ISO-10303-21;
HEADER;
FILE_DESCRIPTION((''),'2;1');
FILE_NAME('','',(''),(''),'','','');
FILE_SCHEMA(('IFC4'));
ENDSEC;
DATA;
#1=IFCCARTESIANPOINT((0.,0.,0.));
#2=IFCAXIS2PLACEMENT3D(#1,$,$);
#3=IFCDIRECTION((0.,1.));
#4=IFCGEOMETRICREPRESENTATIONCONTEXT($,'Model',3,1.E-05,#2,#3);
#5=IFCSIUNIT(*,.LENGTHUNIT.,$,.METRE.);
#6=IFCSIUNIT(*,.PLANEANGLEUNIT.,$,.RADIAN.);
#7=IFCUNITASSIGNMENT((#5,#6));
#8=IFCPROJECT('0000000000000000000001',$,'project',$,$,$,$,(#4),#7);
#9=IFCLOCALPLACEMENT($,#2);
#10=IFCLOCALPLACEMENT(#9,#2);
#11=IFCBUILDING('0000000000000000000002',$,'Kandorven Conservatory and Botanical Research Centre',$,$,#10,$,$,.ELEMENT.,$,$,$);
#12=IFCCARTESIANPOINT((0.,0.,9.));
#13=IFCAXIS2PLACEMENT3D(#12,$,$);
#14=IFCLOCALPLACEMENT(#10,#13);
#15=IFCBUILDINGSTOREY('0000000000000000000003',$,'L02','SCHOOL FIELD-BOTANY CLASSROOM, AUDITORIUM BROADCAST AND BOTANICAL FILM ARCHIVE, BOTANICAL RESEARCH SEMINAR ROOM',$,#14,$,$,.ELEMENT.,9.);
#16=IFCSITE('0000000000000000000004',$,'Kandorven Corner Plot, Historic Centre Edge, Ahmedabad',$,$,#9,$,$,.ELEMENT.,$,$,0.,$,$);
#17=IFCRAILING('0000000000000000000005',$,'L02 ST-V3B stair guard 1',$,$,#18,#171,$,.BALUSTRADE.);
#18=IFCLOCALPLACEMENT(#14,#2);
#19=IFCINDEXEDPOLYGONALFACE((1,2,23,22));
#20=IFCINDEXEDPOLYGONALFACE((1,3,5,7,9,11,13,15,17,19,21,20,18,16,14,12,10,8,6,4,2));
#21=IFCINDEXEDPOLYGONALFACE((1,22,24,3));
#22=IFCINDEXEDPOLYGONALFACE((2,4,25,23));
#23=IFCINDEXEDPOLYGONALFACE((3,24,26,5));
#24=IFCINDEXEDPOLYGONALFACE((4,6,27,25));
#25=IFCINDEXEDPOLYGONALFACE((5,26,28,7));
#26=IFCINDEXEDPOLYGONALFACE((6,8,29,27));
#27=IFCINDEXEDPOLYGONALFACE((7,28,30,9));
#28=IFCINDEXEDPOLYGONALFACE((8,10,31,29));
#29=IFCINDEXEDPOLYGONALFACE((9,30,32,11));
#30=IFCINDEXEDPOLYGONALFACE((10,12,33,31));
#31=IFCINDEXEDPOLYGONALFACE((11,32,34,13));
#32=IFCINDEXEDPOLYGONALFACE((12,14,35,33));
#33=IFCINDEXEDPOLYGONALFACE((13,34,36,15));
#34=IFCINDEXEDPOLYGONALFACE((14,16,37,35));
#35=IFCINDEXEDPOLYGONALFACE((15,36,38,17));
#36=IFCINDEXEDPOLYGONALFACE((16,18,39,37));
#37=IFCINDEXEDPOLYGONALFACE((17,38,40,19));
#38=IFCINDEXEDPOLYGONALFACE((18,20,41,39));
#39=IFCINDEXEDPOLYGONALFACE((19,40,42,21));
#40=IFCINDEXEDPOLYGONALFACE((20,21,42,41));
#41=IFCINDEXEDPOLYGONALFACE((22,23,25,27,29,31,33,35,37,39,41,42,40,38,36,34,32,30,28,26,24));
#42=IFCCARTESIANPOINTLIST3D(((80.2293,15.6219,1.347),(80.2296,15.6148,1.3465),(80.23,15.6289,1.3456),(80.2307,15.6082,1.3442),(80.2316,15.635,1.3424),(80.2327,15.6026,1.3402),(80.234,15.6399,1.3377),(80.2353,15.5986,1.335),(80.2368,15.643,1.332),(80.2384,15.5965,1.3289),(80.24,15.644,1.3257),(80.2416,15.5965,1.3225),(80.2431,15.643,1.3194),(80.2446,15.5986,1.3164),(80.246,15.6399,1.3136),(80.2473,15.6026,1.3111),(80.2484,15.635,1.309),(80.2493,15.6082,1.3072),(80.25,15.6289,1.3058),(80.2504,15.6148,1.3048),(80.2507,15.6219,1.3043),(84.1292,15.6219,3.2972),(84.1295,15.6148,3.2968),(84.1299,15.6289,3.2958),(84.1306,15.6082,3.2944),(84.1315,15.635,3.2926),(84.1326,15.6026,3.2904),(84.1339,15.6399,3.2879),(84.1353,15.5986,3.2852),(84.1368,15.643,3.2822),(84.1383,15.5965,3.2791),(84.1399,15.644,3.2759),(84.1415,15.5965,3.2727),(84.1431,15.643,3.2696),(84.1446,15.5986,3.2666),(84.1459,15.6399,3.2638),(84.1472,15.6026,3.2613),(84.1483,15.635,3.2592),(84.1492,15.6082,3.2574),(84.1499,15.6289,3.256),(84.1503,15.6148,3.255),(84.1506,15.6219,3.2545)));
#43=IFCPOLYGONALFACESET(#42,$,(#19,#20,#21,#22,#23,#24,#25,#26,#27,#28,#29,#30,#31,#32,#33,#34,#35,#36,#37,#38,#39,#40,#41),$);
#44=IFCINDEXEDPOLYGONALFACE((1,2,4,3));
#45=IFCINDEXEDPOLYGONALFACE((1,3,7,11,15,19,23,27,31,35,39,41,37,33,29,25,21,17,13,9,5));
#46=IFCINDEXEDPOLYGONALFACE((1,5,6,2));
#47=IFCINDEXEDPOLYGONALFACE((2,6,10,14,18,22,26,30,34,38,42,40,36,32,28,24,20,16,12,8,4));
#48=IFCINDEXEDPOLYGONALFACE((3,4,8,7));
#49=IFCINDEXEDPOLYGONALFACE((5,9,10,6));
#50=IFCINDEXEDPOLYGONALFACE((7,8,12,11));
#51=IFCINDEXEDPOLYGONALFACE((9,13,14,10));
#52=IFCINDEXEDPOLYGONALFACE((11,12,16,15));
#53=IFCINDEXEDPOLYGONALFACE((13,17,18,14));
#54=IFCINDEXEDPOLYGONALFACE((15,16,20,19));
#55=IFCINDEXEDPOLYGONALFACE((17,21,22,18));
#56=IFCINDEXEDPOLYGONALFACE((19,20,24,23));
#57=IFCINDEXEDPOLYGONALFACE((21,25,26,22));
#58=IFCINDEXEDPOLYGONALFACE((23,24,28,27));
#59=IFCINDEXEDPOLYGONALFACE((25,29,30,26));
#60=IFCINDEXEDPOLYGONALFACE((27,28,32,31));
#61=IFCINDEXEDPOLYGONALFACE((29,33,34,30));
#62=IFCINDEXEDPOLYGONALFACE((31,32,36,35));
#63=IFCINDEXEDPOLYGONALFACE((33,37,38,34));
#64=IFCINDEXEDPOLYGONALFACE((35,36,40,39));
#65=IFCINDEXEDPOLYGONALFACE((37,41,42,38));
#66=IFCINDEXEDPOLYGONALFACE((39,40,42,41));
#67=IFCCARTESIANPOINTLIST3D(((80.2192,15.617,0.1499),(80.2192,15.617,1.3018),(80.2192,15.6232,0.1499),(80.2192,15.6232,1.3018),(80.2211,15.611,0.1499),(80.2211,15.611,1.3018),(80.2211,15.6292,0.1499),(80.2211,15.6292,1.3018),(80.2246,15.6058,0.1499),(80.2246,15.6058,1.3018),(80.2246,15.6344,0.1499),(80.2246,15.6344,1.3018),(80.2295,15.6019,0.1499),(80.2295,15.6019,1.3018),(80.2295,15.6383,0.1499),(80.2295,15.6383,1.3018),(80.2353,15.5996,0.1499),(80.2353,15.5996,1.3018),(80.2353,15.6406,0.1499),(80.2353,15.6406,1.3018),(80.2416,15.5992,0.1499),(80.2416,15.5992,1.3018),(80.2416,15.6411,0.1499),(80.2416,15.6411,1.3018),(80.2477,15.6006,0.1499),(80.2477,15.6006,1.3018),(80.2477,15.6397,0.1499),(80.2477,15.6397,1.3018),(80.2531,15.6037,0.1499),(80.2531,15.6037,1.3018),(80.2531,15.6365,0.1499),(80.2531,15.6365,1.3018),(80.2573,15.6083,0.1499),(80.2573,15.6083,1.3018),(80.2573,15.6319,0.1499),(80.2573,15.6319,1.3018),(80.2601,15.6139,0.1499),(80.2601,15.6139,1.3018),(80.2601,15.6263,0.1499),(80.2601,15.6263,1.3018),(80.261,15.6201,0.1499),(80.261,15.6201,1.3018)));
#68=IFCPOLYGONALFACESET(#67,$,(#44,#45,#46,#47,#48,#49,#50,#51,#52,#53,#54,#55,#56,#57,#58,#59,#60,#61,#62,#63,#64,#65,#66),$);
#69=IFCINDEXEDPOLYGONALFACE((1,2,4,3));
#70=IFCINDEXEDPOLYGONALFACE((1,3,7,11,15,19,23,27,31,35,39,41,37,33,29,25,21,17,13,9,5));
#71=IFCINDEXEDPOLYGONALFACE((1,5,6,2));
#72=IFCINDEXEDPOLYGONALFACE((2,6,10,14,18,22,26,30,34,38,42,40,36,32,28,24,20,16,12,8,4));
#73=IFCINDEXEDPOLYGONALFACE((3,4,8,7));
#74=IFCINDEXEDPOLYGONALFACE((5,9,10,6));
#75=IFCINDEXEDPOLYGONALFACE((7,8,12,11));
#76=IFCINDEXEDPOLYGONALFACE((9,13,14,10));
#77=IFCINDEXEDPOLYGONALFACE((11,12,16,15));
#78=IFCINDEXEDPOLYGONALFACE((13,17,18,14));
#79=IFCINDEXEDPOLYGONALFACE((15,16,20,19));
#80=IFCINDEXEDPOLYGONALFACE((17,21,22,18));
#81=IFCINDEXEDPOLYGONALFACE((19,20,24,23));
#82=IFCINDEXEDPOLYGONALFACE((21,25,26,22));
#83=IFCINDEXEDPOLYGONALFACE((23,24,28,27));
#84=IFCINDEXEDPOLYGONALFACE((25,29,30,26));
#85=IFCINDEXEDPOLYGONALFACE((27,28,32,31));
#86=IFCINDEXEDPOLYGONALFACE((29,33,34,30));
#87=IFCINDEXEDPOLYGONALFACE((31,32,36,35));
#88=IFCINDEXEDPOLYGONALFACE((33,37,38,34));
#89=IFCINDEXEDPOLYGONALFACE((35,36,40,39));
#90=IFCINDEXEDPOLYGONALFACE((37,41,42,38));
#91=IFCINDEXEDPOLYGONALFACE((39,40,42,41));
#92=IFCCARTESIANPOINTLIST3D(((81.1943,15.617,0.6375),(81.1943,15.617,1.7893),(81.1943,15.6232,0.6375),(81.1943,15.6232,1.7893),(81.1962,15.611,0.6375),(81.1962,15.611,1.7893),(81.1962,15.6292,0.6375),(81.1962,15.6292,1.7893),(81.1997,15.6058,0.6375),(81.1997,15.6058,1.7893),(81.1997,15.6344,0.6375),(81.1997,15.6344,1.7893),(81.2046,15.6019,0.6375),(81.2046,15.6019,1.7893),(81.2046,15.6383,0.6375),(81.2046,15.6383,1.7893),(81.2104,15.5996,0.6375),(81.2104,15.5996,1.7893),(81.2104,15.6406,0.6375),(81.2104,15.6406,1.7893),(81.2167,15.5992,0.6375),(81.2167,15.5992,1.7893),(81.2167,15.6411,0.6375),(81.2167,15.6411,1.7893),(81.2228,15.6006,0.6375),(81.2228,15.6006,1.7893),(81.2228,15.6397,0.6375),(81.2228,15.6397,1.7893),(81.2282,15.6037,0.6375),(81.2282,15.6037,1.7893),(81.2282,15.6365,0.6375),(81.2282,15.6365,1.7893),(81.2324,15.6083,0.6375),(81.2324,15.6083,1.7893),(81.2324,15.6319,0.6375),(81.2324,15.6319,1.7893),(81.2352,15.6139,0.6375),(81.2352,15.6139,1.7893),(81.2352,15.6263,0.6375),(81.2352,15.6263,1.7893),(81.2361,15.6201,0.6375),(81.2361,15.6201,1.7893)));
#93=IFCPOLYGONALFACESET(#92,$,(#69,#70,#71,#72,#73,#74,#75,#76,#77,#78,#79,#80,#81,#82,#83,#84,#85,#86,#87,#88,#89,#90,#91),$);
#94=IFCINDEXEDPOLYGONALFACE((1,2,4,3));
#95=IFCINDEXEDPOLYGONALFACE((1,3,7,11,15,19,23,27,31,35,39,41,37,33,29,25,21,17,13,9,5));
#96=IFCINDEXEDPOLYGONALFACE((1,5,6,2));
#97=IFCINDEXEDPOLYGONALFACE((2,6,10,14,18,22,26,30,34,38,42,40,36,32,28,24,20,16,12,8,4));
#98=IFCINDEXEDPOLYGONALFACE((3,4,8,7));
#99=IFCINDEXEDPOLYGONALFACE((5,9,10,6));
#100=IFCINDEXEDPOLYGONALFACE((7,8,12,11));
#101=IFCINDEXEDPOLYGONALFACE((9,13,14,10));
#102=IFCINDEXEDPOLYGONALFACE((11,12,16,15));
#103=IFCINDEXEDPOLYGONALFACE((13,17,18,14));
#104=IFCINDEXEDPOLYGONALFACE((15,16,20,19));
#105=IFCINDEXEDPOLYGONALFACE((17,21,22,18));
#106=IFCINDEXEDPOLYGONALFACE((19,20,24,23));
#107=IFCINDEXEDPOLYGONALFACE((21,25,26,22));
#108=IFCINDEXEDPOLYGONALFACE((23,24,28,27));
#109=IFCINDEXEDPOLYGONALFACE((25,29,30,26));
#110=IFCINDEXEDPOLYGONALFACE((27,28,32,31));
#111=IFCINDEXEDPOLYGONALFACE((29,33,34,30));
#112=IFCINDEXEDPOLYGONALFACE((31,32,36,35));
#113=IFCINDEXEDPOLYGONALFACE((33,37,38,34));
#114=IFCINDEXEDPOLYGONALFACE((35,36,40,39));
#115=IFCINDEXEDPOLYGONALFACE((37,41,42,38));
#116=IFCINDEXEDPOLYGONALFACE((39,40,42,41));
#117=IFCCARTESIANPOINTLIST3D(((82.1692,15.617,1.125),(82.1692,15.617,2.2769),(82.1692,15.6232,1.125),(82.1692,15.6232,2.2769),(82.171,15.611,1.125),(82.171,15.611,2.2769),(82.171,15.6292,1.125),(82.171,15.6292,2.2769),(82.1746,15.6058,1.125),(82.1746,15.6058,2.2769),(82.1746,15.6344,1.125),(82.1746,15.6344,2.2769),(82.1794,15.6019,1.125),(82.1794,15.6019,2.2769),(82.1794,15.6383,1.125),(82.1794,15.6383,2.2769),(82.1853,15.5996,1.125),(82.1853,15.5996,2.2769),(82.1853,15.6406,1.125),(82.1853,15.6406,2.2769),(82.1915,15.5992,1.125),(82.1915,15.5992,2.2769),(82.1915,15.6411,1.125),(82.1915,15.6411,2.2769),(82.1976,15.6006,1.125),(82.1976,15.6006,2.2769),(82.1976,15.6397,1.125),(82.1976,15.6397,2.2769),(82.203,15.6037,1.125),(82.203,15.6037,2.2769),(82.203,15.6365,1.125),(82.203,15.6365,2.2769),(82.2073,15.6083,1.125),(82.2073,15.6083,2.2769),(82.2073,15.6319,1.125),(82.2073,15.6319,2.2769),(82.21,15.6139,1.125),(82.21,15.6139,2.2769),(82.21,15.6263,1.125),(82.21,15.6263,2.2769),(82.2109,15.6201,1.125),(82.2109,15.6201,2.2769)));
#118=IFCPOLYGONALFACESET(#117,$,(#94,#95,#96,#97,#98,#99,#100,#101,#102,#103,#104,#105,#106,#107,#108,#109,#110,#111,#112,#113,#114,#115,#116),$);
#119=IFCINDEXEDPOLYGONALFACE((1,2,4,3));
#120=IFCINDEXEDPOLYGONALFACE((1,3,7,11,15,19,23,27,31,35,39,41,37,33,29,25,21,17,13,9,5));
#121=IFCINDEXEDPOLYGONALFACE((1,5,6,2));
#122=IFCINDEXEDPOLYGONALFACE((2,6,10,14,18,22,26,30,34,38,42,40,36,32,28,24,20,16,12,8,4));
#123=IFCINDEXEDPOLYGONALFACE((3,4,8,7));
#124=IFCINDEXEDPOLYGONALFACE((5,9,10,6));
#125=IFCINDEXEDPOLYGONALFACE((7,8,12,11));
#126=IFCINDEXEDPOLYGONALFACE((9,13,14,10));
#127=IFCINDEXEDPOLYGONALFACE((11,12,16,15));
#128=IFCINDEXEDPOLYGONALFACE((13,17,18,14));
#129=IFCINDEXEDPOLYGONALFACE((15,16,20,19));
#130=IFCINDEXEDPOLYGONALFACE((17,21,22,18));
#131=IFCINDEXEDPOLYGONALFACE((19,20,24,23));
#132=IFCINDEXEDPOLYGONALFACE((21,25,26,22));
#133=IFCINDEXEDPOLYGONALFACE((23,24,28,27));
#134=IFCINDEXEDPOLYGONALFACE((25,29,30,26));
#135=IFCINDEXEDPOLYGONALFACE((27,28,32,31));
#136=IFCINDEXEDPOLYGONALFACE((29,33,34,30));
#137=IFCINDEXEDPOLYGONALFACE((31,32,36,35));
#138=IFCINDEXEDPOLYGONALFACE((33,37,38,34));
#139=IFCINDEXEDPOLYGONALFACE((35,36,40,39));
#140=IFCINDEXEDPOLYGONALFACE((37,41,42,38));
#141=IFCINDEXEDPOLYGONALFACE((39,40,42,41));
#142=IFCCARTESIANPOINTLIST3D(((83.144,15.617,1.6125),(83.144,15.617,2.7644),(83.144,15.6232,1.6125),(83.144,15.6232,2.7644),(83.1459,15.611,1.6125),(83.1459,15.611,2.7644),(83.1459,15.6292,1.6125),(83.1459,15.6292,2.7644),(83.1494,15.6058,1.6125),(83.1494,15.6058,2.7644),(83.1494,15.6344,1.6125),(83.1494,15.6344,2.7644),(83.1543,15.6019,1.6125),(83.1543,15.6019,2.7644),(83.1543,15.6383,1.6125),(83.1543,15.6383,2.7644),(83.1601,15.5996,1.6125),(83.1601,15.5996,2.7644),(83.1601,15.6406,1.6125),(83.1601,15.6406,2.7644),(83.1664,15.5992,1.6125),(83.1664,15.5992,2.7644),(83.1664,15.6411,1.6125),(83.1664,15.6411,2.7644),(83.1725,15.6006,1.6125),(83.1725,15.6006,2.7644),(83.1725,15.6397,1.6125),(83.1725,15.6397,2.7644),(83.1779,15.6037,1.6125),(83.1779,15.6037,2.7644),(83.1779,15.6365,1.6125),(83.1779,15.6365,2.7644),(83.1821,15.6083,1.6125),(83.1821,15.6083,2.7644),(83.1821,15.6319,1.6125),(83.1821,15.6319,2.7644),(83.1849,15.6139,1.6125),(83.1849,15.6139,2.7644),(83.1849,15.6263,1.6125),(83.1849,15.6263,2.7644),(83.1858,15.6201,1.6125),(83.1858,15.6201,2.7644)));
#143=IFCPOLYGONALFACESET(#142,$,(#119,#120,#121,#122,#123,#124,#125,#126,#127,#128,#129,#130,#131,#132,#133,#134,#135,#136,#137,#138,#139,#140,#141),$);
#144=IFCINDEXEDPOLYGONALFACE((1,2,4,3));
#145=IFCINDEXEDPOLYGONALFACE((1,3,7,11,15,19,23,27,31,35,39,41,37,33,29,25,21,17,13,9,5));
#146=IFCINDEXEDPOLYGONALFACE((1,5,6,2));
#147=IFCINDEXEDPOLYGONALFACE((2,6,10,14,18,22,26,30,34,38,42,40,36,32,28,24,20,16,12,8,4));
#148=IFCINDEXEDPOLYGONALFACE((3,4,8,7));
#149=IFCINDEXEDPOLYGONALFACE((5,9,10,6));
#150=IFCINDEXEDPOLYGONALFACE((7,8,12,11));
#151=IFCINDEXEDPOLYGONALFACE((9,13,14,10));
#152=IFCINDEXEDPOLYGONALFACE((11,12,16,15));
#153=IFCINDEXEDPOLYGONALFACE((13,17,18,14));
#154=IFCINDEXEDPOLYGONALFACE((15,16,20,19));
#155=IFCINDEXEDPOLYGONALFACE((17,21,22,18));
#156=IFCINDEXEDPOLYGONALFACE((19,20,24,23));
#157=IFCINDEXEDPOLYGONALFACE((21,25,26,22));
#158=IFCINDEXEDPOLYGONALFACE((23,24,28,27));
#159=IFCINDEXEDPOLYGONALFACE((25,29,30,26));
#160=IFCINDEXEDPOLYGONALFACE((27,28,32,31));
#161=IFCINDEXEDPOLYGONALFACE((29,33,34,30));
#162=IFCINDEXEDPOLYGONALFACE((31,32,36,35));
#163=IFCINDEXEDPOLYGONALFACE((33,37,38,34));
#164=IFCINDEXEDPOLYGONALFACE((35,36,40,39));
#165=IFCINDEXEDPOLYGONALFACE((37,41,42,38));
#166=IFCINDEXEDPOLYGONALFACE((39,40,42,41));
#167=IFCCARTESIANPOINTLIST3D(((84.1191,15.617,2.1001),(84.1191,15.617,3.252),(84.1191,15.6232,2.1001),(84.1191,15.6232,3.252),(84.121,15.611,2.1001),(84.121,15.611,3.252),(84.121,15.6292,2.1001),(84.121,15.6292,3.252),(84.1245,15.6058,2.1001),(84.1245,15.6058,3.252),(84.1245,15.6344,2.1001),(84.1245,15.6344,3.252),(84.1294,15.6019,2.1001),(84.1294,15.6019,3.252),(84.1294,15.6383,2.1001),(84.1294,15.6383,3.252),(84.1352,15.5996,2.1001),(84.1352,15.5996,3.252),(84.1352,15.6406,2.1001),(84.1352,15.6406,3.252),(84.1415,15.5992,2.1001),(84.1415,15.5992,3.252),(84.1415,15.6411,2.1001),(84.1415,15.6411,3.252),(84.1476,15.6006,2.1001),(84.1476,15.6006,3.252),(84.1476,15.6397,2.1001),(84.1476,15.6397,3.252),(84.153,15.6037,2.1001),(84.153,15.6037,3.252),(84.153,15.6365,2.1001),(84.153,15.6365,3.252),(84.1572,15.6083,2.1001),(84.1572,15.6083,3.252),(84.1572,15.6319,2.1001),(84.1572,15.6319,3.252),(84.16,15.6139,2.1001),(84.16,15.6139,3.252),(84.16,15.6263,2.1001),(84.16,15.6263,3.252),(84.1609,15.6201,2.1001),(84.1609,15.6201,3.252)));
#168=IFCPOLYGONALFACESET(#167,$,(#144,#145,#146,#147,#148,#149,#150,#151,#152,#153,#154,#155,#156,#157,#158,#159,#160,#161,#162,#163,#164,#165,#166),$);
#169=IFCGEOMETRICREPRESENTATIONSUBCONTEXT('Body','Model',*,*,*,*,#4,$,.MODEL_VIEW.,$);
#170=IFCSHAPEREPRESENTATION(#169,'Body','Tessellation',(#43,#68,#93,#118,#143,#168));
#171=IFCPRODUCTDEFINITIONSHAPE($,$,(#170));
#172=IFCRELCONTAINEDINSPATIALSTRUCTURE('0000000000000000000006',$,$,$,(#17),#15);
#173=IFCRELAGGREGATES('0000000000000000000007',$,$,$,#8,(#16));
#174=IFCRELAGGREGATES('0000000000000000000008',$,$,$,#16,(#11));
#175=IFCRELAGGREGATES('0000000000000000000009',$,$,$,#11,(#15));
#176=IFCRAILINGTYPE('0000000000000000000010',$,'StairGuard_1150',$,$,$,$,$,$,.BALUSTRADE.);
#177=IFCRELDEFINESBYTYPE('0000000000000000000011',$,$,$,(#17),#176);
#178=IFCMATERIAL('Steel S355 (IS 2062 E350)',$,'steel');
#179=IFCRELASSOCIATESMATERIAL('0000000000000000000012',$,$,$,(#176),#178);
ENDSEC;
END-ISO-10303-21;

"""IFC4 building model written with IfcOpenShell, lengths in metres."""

from ifc_helpers import new_model, si_unit, direction, frame, origin, origin_2d, place, context, subcontext, project, spatial, circle, extrude, material, type_object, element, save


model = new_model("IFC4")

# Units and contexts
model_context = context("Model", 3, precision=1e-05, world=origin(), true_north=direction((0.0, 1.0)))
body_context = subcontext(model_context, "Body", "Model", "MODEL_VIEW")
ifc_project = project(units=[si_unit("LENGTHUNIT", "METRE"), si_unit("PLANEANGLEUNIT", "RADIAN")], contexts=[model_context])

# Site, building, storey
site_placement = place(None, origin())
site = spatial("IfcSite", under=ifc_project, at=site_placement, Name="Kandorven Corner Plot, Historic Centre Edge, Ahmedabad", CompositionType="ELEMENT", RefElevation=0.0)
building_placement = place(site_placement, origin())
building = spatial("IfcBuilding", under=site, at=building_placement, Name="Kandorven Conservatory and Botanical Research Centre", CompositionType="ELEMENT")
storey_placement = place(building_placement, frame((0.0, 0.0, 9.0)))
storey = spatial("IfcBuildingStorey", under=building, at=storey_placement, Name="L02", Description="SCHOOL FIELD-BOTANY CLASSROOM, AUDITORIUM BROADCAST AND BOTANICAL FILM ARCHIVE, BOTANICAL RESEARCH SEMINAR ROOM", CompositionType="ELEMENT", Elevation=9.0)

# Railing
ifc_material_1 = material(Name="Steel S355 (IS 2062 E350)", Category="steel")
railing_type_1 = type_object("IfcRailingType", Name="StairGuard_1150", PredefinedType="BALUSTRADE", material=ifc_material_1)
railing_1_placement = place(storey_placement, frame((80.24, 15.6201, 0.1499)))
element("IfcRailing", 1, at=railing_1_placement, inside=storey, type_object=railing_type_1, Name="L02 ST-V3B stair guard 1", PredefinedType="BALUSTRADE", context=body_context, shape_type="SweptSolid", body=[
    extrude(circle(Radius=0.0239, at=origin_2d()), frame((0.0, 0.0, 1.1758), z_axis=(0.894405, 0.0, 0.447258), x_axis=(0.0, 1.0, 0.0)), (0.0, 0.0, 1.0), 4.3604),
    extrude(circle(Radius=0.021, at=origin_2d()), origin(), (0.0, 0.0, 1.0), 1.1519),
    extrude(circle(Radius=0.021, at=origin_2d()), frame((0.9751, 0.0, 0.4875)), (0.0, 0.0, 1.0), 1.1519),
    extrude(circle(Radius=0.021, at=origin_2d()), frame((1.95, 0.0, 0.9751)), (0.0, 0.0, 1.0), 1.1519),
    extrude(circle(Radius=0.021, at=origin_2d()), frame((2.9248, 0.0, 1.4626)), (0.0, 0.0, 1.0), 1.1519),
    extrude(circle(Radius=0.021, at=origin_2d()), frame((3.8999, 0.0, 1.9502)), (0.0, 0.0, 1.0), 1.1519),
])

save(model, "model.ifc")
